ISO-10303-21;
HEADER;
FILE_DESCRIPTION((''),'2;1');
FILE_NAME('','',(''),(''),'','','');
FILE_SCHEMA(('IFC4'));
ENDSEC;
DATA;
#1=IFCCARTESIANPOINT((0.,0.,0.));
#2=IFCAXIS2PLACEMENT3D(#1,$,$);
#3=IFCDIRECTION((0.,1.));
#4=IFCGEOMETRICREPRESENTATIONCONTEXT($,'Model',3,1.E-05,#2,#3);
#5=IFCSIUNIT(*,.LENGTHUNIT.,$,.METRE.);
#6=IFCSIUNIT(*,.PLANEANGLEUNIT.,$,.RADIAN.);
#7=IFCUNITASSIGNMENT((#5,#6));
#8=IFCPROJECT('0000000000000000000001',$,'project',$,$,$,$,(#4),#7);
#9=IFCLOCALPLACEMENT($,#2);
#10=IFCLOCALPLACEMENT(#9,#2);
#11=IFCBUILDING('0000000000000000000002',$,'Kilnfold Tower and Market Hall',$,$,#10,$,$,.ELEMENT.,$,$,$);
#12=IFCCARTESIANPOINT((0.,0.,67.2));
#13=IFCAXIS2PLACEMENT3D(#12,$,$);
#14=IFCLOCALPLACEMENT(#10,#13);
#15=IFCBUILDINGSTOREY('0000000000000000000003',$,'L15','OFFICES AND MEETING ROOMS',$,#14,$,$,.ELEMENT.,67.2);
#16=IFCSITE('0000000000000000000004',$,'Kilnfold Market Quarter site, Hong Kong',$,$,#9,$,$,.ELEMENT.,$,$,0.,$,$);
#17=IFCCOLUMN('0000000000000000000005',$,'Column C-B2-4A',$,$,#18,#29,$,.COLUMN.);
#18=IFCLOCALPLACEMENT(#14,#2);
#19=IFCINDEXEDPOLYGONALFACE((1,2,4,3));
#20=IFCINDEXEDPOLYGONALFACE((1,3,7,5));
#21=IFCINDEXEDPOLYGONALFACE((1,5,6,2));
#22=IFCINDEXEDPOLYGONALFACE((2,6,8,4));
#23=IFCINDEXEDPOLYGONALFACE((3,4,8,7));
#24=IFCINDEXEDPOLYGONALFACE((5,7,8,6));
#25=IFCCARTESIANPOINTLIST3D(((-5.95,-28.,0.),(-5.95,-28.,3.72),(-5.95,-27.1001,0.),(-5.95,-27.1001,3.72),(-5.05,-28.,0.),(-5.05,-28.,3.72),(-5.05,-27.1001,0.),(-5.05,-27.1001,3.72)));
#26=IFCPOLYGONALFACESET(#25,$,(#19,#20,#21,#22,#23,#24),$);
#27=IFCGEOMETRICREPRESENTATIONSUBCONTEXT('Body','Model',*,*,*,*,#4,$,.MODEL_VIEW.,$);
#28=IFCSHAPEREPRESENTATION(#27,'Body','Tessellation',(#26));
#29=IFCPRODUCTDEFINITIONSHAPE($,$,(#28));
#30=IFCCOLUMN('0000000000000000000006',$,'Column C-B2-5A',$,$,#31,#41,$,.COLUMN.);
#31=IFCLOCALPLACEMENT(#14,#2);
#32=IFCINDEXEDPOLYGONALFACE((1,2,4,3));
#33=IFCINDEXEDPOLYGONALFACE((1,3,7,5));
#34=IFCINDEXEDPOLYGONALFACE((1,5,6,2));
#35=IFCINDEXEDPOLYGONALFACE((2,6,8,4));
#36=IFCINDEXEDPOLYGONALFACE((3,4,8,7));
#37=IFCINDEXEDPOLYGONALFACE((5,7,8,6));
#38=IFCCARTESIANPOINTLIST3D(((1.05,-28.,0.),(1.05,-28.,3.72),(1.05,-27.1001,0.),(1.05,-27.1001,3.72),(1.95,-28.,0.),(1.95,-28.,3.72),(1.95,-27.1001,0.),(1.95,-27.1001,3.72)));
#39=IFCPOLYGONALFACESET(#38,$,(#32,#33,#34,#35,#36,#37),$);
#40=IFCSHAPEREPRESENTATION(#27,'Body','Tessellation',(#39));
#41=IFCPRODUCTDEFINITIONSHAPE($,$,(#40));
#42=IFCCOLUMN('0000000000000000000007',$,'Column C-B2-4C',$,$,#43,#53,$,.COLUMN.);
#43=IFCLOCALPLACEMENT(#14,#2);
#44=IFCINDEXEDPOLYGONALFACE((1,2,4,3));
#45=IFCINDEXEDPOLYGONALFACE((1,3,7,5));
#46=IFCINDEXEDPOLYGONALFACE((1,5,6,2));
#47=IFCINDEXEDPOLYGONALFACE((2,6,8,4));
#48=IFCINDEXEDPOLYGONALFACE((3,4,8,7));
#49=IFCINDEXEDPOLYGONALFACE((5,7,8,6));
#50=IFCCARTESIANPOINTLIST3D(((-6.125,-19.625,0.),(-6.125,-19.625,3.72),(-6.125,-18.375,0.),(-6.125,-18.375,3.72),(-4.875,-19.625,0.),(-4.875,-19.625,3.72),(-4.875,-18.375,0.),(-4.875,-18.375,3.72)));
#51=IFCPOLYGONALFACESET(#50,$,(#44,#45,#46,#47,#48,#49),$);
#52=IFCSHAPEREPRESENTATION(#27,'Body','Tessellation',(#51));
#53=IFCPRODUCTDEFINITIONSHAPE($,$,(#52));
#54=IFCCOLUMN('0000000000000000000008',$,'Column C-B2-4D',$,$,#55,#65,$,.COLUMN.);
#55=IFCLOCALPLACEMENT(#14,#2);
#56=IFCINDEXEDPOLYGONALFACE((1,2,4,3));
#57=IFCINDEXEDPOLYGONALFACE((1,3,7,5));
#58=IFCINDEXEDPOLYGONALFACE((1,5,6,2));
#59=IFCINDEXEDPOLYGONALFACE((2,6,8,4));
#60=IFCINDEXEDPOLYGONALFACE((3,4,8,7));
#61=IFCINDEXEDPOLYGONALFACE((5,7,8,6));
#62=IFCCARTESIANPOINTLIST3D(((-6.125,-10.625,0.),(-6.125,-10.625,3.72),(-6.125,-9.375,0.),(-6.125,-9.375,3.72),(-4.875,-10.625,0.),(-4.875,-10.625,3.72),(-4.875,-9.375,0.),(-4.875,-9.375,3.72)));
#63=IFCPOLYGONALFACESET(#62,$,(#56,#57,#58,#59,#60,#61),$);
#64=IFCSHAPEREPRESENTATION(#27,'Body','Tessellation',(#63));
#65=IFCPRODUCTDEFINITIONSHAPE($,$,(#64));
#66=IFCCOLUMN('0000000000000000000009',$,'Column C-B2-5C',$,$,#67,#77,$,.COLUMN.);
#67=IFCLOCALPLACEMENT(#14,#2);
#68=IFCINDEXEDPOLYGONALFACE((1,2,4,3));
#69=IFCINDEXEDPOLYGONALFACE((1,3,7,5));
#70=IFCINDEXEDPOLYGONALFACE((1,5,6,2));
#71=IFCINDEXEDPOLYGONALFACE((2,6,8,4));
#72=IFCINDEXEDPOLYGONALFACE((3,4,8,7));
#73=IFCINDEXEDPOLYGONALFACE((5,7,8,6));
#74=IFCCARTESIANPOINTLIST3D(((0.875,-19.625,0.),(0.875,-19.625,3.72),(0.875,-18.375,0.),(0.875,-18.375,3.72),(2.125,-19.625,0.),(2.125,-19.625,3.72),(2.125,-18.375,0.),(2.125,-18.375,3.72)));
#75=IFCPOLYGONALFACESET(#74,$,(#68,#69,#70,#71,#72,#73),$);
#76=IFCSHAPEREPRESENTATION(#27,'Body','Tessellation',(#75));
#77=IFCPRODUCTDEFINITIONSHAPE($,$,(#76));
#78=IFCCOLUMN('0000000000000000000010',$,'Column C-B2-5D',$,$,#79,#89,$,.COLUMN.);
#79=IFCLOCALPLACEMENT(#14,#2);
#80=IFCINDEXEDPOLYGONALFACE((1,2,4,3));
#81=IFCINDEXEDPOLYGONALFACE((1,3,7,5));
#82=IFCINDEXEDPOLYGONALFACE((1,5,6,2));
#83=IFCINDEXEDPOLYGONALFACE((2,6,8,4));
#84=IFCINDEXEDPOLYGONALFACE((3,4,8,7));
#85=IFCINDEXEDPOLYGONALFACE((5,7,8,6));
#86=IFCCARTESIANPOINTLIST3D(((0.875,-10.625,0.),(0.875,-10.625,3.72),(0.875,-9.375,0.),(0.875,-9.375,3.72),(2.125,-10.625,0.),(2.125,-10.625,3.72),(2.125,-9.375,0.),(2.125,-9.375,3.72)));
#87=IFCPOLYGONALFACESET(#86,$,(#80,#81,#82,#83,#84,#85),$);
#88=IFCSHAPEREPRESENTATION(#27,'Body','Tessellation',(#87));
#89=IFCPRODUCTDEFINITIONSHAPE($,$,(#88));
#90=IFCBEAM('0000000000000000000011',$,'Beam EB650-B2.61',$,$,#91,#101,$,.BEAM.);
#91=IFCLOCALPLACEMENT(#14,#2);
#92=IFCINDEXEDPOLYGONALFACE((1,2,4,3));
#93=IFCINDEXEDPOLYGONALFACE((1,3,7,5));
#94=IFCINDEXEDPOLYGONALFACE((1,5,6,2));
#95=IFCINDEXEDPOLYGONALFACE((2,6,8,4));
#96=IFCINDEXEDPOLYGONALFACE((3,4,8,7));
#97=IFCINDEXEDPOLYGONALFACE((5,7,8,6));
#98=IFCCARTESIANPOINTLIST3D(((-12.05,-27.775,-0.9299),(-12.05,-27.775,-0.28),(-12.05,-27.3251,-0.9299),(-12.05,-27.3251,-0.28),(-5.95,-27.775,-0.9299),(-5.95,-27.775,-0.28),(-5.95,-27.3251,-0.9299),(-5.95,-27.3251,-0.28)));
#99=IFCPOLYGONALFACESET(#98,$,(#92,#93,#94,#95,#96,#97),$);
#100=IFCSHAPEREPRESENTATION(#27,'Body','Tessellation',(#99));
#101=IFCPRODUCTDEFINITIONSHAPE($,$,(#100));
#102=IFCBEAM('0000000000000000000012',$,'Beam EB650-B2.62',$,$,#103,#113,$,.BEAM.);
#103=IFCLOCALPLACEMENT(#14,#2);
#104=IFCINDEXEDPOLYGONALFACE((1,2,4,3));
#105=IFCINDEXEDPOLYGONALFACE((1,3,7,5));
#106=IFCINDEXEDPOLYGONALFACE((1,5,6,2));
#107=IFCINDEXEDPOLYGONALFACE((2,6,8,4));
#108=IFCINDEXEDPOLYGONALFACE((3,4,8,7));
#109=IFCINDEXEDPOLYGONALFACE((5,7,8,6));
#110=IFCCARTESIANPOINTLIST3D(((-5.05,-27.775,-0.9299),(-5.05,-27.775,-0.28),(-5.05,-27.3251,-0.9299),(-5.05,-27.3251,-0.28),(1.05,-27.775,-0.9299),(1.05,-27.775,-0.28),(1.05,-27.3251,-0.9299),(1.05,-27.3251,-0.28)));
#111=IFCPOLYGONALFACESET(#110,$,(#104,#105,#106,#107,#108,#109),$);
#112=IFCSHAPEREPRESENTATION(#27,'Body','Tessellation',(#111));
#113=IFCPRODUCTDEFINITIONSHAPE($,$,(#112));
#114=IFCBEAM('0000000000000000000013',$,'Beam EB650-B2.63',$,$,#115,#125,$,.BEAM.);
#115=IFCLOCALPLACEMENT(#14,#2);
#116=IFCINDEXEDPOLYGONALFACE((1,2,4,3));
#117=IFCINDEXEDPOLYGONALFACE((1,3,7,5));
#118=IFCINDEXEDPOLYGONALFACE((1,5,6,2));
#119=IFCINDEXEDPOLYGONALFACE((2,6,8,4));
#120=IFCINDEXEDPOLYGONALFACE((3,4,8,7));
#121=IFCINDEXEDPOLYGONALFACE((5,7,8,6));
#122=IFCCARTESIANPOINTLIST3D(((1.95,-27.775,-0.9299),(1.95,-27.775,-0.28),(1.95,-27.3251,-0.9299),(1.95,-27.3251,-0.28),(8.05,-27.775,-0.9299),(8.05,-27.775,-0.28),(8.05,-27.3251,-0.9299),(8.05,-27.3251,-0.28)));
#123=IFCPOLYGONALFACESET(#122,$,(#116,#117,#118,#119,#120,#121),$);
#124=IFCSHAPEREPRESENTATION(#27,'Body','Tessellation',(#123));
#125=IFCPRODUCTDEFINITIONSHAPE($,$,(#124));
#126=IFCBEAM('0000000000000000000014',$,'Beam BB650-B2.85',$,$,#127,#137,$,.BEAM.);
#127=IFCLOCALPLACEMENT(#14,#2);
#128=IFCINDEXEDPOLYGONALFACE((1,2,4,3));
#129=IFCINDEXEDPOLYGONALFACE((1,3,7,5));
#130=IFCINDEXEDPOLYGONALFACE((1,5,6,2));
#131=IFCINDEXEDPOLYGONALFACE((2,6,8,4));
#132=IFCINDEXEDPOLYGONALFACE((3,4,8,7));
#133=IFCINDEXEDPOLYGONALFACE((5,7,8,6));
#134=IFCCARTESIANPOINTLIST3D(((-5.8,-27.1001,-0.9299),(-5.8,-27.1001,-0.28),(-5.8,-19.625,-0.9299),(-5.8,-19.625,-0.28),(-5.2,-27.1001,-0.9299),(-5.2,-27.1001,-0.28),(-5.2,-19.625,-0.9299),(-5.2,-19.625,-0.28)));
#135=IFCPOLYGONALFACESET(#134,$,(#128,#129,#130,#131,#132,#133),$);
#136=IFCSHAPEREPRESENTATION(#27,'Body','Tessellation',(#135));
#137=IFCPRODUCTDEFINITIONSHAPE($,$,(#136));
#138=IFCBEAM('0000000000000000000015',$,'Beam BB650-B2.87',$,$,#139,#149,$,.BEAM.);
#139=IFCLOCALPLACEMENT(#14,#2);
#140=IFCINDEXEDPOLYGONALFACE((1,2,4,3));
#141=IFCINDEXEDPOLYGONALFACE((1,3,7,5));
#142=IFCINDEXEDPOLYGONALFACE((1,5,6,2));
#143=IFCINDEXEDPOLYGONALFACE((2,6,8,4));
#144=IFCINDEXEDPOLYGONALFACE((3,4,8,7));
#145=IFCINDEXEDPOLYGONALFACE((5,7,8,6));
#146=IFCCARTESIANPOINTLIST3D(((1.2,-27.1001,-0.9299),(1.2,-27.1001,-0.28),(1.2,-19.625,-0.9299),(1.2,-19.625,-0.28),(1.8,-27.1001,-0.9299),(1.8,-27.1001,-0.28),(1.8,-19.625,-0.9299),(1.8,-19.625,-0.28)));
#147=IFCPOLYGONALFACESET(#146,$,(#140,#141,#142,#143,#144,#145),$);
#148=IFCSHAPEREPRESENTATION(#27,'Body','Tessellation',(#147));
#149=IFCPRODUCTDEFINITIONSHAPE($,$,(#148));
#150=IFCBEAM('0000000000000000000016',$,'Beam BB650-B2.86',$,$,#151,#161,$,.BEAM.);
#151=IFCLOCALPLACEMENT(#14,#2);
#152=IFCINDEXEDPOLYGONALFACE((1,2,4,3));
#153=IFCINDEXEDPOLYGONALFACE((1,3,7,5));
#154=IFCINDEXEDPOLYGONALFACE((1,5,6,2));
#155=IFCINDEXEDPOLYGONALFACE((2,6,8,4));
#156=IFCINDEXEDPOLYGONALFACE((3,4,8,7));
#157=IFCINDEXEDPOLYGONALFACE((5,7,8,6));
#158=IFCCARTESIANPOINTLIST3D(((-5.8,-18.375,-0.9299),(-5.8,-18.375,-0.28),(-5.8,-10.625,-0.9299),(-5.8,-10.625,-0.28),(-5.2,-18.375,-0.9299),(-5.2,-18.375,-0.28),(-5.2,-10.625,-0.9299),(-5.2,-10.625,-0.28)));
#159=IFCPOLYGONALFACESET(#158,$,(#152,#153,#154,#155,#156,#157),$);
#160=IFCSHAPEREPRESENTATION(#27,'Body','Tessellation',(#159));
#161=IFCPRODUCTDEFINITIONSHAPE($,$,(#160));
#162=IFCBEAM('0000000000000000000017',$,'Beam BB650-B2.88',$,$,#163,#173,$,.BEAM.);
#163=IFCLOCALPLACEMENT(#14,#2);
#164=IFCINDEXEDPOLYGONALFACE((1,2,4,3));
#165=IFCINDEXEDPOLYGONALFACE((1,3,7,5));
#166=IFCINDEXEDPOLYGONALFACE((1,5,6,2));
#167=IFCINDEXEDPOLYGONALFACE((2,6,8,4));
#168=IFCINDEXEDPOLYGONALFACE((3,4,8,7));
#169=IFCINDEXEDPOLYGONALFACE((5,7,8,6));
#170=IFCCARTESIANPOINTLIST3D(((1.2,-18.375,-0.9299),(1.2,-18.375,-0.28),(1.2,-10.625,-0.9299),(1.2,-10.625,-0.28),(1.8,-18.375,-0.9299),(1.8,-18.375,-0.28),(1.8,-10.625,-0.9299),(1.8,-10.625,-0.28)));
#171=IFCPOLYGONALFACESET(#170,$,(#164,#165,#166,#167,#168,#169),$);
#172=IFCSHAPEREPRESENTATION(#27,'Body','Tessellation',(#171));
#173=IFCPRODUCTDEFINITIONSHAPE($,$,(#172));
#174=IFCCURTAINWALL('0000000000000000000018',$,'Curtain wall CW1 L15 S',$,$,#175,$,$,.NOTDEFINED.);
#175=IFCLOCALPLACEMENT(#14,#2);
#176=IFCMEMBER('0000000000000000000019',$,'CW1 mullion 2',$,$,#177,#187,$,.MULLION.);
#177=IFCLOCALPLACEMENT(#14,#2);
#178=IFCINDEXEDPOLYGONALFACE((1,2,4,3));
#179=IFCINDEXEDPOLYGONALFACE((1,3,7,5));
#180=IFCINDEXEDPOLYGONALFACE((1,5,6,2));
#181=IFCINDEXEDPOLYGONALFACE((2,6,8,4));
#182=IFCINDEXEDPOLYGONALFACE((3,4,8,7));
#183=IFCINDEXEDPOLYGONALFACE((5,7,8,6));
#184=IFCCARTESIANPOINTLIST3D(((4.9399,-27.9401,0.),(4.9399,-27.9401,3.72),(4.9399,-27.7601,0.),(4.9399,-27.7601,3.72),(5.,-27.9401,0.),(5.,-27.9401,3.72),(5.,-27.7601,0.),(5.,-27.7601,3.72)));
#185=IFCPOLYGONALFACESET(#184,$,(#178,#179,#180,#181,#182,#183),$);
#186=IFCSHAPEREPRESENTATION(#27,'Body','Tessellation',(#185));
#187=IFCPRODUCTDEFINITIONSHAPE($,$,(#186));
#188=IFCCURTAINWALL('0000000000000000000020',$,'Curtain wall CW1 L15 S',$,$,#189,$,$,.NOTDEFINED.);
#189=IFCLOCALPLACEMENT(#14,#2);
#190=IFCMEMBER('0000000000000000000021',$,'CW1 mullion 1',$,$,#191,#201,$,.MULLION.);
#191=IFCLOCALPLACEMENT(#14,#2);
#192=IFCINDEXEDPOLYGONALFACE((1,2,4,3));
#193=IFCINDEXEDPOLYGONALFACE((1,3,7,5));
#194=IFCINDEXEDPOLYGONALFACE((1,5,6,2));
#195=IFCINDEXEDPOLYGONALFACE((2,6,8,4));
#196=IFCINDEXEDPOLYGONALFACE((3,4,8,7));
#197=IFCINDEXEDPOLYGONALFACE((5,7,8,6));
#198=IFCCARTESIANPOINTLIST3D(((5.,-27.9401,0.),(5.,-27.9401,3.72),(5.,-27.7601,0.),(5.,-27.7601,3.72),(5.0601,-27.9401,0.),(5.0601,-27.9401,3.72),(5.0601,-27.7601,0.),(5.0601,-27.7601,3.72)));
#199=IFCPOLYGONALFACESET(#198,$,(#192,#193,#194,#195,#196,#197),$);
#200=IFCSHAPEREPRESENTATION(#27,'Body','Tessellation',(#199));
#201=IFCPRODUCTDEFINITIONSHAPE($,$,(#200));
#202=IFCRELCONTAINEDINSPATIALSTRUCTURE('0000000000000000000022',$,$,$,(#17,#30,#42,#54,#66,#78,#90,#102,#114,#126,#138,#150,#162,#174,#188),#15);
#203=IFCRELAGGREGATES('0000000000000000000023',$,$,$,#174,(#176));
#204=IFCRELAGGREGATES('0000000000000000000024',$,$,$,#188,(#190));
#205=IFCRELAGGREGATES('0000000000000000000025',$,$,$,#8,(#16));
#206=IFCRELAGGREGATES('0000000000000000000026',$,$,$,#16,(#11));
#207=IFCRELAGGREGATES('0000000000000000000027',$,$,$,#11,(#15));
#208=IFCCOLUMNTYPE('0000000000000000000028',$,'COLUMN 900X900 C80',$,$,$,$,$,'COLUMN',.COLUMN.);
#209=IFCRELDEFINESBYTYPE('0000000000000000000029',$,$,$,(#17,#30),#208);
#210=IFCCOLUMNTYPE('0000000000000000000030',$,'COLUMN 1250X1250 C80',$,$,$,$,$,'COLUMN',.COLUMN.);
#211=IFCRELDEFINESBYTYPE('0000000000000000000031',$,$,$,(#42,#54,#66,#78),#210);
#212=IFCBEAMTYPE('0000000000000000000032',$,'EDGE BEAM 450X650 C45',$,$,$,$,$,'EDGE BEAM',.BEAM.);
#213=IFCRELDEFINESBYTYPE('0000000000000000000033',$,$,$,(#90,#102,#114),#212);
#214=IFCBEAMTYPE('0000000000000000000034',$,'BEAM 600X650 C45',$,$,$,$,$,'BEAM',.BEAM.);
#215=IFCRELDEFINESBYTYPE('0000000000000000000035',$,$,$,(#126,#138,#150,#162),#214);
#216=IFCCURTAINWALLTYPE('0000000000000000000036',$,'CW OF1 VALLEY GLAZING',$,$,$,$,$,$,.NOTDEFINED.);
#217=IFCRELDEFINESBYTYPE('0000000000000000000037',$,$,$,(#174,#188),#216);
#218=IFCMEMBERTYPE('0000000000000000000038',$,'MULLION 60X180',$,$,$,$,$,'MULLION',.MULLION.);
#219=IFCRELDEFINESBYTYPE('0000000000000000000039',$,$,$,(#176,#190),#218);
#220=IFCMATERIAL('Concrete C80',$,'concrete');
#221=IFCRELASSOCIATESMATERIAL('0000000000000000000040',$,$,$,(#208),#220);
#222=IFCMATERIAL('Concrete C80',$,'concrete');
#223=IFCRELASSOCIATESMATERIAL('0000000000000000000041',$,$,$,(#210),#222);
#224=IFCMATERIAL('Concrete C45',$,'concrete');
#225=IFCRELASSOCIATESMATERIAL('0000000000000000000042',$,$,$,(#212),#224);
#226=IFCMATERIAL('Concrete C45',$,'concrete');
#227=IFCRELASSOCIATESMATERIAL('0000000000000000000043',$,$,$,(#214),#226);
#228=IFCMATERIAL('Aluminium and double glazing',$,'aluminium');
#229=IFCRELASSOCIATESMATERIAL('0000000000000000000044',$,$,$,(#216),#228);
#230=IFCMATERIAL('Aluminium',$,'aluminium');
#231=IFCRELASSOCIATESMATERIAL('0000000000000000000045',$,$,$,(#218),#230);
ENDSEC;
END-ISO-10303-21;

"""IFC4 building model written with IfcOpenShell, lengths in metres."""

from ifc_helpers import new_model, si_unit, direction, frame, origin, origin_2d, place, context, subcontext, project, spatial, rectangle, extrude, source, transform, mapped, material, material_profile, profile_set, type_object, element, aggregate, save


model = new_model("IFC4")

# Units and contexts
model_context = context("Model", 3, precision=1e-05, world=origin(), true_north=direction((0.0, 1.0)))
body_context = subcontext(model_context, "Body", "Model", "MODEL_VIEW")
ifc_project = project(units=[si_unit("LENGTHUNIT", "METRE"), si_unit("PLANEANGLEUNIT", "RADIAN")], contexts=[model_context])

# Site, building, storey
site_placement = place(None, origin())
site = spatial("IfcSite", under=ifc_project, at=site_placement, Name="Kilnfold Market Quarter site, Hong Kong", CompositionType="ELEMENT", RefElevation=0.0)
building_placement = place(site_placement, origin())
building = spatial("IfcBuilding", under=site, at=building_placement, Name="Kilnfold Tower and Market Hall", CompositionType="ELEMENT")
storey_placement = place(building_placement, frame((0.0, 0.0, 67.2)))
storey = spatial("IfcBuildingStorey", under=building, at=storey_placement, Name="L15", Description="OFFICES AND MEETING ROOMS", CompositionType="ELEMENT", Elevation=67.2)

# Columns
ifc_material_1 = material(Name="Concrete C80", Category="concrete")
ifc_material_profile_1 = material_profile(ifc_material_1, rectangle(XDim=0.8999, YDim=0.8999, at=origin_2d()), Name="RC 900x900")
ifc_profile_set_1 = profile_set([ifc_material_profile_1], Name="Concrete C80")
column_type_1 = type_object("IfcColumnType", Name="COLUMN 900X900 C80", ElementType="COLUMN", PredefinedType="COLUMN", material=ifc_profile_set_1)
shared_shape_1 = source(origin(), body_context, "Body", "SweptSolid", [
    extrude(rectangle(XDim=0.8999, YDim=0.8999, at=origin_2d()), origin(), (0.0, 0.0, 1.0), 3.72),
])
for number, where, z_axis, x_axis, name in (
    (1, (-5.5, -27.55, 0.0), (0.0, 0.0, 1.0), (1.0, 0.0, 0.0), "Column C-B2-4A"),
    (2, (1.5, -27.55, 0.0), (0.0, 0.0, 1.0), (1.0, 0.0, 0.0), "Column C-B2-5A"),
):
    element("IfcColumn", number, at=place(storey_placement, frame(where, z_axis=z_axis, x_axis=x_axis)), inside=storey, type_object=column_type_1, Name=name, PredefinedType="COLUMN", context=body_context, shape_type="MappedRepresentation", body=[
        mapped(shared_shape_1, transform((0.0, 0.0, 0.0))),
    ])
ifc_material_2 = material(Name="Concrete C80", Category="concrete")
ifc_material_profile_2 = material_profile(ifc_material_2, rectangle(XDim=1.25, YDim=1.25, at=origin_2d()), Name="RC 1250x1250")
ifc_profile_set_2 = profile_set([ifc_material_profile_2], Name="Concrete C80")
column_type_2 = type_object("IfcColumnType", Name="COLUMN 1250X1250 C80", ElementType="COLUMN", PredefinedType="COLUMN", material=ifc_profile_set_2)
shared_shape_2 = source(origin(), body_context, "Body", "SweptSolid", [
    extrude(rectangle(XDim=1.25, YDim=1.25, at=origin_2d()), origin(), (0.0, 0.0, 1.0), 3.72),
])
for number, where, z_axis, x_axis, name in (
    (3, (-5.5, -19.0, 0.0), (0.0, 0.0, 1.0), (1.0, 0.0, 0.0), "Column C-B2-4C"),
    (4, (-5.5, -10.0, 0.0), (0.0, 0.0, 1.0), (1.0, 0.0, 0.0), "Column C-B2-4D"),
    (5, (1.5, -19.0, 0.0), (0.0, 0.0, 1.0), (1.0, 0.0, 0.0), "Column C-B2-5C"),
    (6, (1.5, -10.0, 0.0), (0.0, 0.0, 1.0), (1.0, 0.0, 0.0), "Column C-B2-5D"),
):
    element("IfcColumn", number, at=place(storey_placement, frame(where, z_axis=z_axis, x_axis=x_axis)), inside=storey, type_object=column_type_2, Name=name, PredefinedType="COLUMN", context=body_context, shape_type="MappedRepresentation", body=[
        mapped(shared_shape_2, transform((0.0, 0.0, 0.0))),
    ])

# Beams
ifc_material_3 = material(Name="Concrete C45", Category="concrete")
ifc_material_profile_3 = material_profile(ifc_material_3, rectangle(XDim=0.45, YDim=0.6499, at=origin_2d()), Name="RC 450x650")
ifc_profile_set_3 = profile_set([ifc_material_profile_3], Name="Concrete C45")
beam_type_1 = type_object("IfcBeamType", Name="EDGE BEAM 450X650 C45", ElementType="EDGE BEAM", PredefinedType="BEAM", material=ifc_profile_set_3)
shared_shape_3 = source(origin(), body_context, "Body", "SweptSolid", [
    extrude(rectangle(XDim=0.45, YDim=0.6499, at=origin_2d()), origin(), (0.0, 0.0, 1.0), 6.1001),
])
for number, where, z_axis, x_axis, name in (
    (7, (-12.05, -27.55, -0.605), (1.0, 0.0, 0.0), (0.0, 1.0, 0.0), "Beam EB650-B2.61"),
    (8, (-5.05, -27.55, -0.605), (1.0, 0.0, 0.0), (0.0, 1.0, 0.0), "Beam EB650-B2.62"),
    (9, (1.95, -27.55, -0.605), (1.0, 0.0, 0.0), (0.0, 1.0, 0.0), "Beam EB650-B2.63"),
):
    element("IfcBeam", number, at=place(storey_placement, frame(where, z_axis=z_axis, x_axis=x_axis)), inside=storey, type_object=beam_type_1, Name=name, PredefinedType="BEAM", context=body_context, shape_type="MappedRepresentation", body=[
        mapped(shared_shape_3, transform((0.0, 0.0, 0.0))),
    ])
ifc_material_4 = material(Name="Concrete C45", Category="concrete")
ifc_material_profile_4 = material_profile(ifc_material_4, rectangle(XDim=0.6001, YDim=0.6499, at=origin_2d()), Name="RC 600x650")
ifc_profile_set_4 = profile_set([ifc_material_profile_4], Name="Concrete C45")
beam_type_2 = type_object("IfcBeamType", Name="BEAM 600X650 C45", ElementType="BEAM", PredefinedType="BEAM", material=ifc_profile_set_4)
shared_shape_4 = source(origin(), body_context, "Body", "SweptSolid", [
    extrude(rectangle(XDim=0.6001, YDim=0.6499, at=origin_2d()), origin(), (0.0, 0.0, 1.0), 7.4751),
])
for number, where, z_axis, x_axis, name in (
    (10, (-5.5, -27.1001, -0.605), (0.0, 1.0, 0.0), (-1.0, 0.0, 0.0), "Beam BB650-B2.85"),
    (11, (1.5, -27.1001, -0.605), (0.0, 1.0, 0.0), (-1.0, 0.0, 0.0), "Beam BB650-B2.87"),
):
    element("IfcBeam", number, at=place(storey_placement, frame(where, z_axis=z_axis, x_axis=x_axis)), inside=storey, type_object=beam_type_2, Name=name, PredefinedType="BEAM", context=body_context, shape_type="MappedRepresentation", body=[
        mapped(shared_shape_4, transform((0.0, 0.0, 0.0))),
    ])
shared_shape_5 = source(origin(), body_context, "Body", "SweptSolid", [
    extrude(rectangle(XDim=0.6001, YDim=0.6499, at=origin_2d()), origin(), (0.0, 0.0, 1.0), 7.75),
])
for number, where, z_axis, x_axis, name in (
    (12, (-5.5, -18.375, -0.605), (0.0, 1.0, 0.0), (-1.0, 0.0, 0.0), "Beam BB650-B2.86"),
    (13, (1.5, -18.375, -0.605), (0.0, 1.0, 0.0), (-1.0, 0.0, 0.0), "Beam BB650-B2.88"),
):
    element("IfcBeam", number, at=place(storey_placement, frame(where, z_axis=z_axis, x_axis=x_axis)), inside=storey, type_object=beam_type_2, Name=name, PredefinedType="BEAM", context=body_context, shape_type="MappedRepresentation", body=[
        mapped(shared_shape_5, transform((0.0, 0.0, 0.0))),
    ])

# Curtain walls, members
ifc_material_5 = material(Name="Aluminium and double glazing", Category="aluminium")
curtain_wall_type = type_object("IfcCurtainWallType", Name="CW OF1 VALLEY GLAZING", PredefinedType="NOTDEFINED", material=ifc_material_5)
curtain_wall_1_placement = place(storey_placement, origin())
curtain_wall_1 = element("IfcCurtainWall", 14, at=curtain_wall_1_placement, inside=storey, type_object=curtain_wall_type, Name="Curtain wall CW1 L15 S", PredefinedType="NOTDEFINED")
ifc_material_6 = material(Name="Aluminium", Category="aluminium")
ifc_material_profile_5 = material_profile(ifc_material_6, rectangle(XDim=0.0601, YDim=0.1799, at=origin_2d()), Name="MULLION 60x180")
ifc_profile_set_5 = profile_set([ifc_material_profile_5], Name="Aluminium")
member_type_1 = type_object("IfcMemberType", Name="MULLION 60X180", ElementType="MULLION", PredefinedType="MULLION", material=ifc_profile_set_5)
shared_shape_6 = source(origin(), body_context, "Body", "SweptSolid", [
    extrude(rectangle(XDim=0.0601, YDim=0.1799, at=origin_2d()), origin(), (0.0, 0.0, 1.0), 3.72),
])
member_1_placement = place(storey_placement, frame((4.97, -27.8501, 0.0), z_axis=(0.0, 0.0, 1.0), x_axis=(1.0, 0.0, 0.0)))
member_1 = element("IfcMember", 15, at=member_1_placement, type_object=member_type_1, Name="CW1 mullion 2", PredefinedType="MULLION", context=body_context, shape_type="MappedRepresentation", body=[
    mapped(shared_shape_6, transform((0.0, 0.0, 0.0))),
])
curtain_wall_2_placement = place(storey_placement, origin())
curtain_wall_2 = element("IfcCurtainWall", 16, at=curtain_wall_2_placement, inside=storey, type_object=curtain_wall_type, Name="Curtain wall CW1 L15 S", PredefinedType="NOTDEFINED")
member_2_placement = place(storey_placement, frame((5.03, -27.8501, 0.0), z_axis=(0.0, 0.0, 1.0), x_axis=(1.0, 0.0, 0.0)))
member_2 = element("IfcMember", 17, at=member_2_placement, type_object=member_type_1, Name="CW1 mullion 1", PredefinedType="MULLION", context=body_context, shape_type="MappedRepresentation", body=[
    mapped(shared_shape_6, transform((0.0, 0.0, 0.0))),
])

aggregate(curtain_wall_1, [member_1])
aggregate(curtain_wall_2, [member_2])

save(model, "model.ifc")
